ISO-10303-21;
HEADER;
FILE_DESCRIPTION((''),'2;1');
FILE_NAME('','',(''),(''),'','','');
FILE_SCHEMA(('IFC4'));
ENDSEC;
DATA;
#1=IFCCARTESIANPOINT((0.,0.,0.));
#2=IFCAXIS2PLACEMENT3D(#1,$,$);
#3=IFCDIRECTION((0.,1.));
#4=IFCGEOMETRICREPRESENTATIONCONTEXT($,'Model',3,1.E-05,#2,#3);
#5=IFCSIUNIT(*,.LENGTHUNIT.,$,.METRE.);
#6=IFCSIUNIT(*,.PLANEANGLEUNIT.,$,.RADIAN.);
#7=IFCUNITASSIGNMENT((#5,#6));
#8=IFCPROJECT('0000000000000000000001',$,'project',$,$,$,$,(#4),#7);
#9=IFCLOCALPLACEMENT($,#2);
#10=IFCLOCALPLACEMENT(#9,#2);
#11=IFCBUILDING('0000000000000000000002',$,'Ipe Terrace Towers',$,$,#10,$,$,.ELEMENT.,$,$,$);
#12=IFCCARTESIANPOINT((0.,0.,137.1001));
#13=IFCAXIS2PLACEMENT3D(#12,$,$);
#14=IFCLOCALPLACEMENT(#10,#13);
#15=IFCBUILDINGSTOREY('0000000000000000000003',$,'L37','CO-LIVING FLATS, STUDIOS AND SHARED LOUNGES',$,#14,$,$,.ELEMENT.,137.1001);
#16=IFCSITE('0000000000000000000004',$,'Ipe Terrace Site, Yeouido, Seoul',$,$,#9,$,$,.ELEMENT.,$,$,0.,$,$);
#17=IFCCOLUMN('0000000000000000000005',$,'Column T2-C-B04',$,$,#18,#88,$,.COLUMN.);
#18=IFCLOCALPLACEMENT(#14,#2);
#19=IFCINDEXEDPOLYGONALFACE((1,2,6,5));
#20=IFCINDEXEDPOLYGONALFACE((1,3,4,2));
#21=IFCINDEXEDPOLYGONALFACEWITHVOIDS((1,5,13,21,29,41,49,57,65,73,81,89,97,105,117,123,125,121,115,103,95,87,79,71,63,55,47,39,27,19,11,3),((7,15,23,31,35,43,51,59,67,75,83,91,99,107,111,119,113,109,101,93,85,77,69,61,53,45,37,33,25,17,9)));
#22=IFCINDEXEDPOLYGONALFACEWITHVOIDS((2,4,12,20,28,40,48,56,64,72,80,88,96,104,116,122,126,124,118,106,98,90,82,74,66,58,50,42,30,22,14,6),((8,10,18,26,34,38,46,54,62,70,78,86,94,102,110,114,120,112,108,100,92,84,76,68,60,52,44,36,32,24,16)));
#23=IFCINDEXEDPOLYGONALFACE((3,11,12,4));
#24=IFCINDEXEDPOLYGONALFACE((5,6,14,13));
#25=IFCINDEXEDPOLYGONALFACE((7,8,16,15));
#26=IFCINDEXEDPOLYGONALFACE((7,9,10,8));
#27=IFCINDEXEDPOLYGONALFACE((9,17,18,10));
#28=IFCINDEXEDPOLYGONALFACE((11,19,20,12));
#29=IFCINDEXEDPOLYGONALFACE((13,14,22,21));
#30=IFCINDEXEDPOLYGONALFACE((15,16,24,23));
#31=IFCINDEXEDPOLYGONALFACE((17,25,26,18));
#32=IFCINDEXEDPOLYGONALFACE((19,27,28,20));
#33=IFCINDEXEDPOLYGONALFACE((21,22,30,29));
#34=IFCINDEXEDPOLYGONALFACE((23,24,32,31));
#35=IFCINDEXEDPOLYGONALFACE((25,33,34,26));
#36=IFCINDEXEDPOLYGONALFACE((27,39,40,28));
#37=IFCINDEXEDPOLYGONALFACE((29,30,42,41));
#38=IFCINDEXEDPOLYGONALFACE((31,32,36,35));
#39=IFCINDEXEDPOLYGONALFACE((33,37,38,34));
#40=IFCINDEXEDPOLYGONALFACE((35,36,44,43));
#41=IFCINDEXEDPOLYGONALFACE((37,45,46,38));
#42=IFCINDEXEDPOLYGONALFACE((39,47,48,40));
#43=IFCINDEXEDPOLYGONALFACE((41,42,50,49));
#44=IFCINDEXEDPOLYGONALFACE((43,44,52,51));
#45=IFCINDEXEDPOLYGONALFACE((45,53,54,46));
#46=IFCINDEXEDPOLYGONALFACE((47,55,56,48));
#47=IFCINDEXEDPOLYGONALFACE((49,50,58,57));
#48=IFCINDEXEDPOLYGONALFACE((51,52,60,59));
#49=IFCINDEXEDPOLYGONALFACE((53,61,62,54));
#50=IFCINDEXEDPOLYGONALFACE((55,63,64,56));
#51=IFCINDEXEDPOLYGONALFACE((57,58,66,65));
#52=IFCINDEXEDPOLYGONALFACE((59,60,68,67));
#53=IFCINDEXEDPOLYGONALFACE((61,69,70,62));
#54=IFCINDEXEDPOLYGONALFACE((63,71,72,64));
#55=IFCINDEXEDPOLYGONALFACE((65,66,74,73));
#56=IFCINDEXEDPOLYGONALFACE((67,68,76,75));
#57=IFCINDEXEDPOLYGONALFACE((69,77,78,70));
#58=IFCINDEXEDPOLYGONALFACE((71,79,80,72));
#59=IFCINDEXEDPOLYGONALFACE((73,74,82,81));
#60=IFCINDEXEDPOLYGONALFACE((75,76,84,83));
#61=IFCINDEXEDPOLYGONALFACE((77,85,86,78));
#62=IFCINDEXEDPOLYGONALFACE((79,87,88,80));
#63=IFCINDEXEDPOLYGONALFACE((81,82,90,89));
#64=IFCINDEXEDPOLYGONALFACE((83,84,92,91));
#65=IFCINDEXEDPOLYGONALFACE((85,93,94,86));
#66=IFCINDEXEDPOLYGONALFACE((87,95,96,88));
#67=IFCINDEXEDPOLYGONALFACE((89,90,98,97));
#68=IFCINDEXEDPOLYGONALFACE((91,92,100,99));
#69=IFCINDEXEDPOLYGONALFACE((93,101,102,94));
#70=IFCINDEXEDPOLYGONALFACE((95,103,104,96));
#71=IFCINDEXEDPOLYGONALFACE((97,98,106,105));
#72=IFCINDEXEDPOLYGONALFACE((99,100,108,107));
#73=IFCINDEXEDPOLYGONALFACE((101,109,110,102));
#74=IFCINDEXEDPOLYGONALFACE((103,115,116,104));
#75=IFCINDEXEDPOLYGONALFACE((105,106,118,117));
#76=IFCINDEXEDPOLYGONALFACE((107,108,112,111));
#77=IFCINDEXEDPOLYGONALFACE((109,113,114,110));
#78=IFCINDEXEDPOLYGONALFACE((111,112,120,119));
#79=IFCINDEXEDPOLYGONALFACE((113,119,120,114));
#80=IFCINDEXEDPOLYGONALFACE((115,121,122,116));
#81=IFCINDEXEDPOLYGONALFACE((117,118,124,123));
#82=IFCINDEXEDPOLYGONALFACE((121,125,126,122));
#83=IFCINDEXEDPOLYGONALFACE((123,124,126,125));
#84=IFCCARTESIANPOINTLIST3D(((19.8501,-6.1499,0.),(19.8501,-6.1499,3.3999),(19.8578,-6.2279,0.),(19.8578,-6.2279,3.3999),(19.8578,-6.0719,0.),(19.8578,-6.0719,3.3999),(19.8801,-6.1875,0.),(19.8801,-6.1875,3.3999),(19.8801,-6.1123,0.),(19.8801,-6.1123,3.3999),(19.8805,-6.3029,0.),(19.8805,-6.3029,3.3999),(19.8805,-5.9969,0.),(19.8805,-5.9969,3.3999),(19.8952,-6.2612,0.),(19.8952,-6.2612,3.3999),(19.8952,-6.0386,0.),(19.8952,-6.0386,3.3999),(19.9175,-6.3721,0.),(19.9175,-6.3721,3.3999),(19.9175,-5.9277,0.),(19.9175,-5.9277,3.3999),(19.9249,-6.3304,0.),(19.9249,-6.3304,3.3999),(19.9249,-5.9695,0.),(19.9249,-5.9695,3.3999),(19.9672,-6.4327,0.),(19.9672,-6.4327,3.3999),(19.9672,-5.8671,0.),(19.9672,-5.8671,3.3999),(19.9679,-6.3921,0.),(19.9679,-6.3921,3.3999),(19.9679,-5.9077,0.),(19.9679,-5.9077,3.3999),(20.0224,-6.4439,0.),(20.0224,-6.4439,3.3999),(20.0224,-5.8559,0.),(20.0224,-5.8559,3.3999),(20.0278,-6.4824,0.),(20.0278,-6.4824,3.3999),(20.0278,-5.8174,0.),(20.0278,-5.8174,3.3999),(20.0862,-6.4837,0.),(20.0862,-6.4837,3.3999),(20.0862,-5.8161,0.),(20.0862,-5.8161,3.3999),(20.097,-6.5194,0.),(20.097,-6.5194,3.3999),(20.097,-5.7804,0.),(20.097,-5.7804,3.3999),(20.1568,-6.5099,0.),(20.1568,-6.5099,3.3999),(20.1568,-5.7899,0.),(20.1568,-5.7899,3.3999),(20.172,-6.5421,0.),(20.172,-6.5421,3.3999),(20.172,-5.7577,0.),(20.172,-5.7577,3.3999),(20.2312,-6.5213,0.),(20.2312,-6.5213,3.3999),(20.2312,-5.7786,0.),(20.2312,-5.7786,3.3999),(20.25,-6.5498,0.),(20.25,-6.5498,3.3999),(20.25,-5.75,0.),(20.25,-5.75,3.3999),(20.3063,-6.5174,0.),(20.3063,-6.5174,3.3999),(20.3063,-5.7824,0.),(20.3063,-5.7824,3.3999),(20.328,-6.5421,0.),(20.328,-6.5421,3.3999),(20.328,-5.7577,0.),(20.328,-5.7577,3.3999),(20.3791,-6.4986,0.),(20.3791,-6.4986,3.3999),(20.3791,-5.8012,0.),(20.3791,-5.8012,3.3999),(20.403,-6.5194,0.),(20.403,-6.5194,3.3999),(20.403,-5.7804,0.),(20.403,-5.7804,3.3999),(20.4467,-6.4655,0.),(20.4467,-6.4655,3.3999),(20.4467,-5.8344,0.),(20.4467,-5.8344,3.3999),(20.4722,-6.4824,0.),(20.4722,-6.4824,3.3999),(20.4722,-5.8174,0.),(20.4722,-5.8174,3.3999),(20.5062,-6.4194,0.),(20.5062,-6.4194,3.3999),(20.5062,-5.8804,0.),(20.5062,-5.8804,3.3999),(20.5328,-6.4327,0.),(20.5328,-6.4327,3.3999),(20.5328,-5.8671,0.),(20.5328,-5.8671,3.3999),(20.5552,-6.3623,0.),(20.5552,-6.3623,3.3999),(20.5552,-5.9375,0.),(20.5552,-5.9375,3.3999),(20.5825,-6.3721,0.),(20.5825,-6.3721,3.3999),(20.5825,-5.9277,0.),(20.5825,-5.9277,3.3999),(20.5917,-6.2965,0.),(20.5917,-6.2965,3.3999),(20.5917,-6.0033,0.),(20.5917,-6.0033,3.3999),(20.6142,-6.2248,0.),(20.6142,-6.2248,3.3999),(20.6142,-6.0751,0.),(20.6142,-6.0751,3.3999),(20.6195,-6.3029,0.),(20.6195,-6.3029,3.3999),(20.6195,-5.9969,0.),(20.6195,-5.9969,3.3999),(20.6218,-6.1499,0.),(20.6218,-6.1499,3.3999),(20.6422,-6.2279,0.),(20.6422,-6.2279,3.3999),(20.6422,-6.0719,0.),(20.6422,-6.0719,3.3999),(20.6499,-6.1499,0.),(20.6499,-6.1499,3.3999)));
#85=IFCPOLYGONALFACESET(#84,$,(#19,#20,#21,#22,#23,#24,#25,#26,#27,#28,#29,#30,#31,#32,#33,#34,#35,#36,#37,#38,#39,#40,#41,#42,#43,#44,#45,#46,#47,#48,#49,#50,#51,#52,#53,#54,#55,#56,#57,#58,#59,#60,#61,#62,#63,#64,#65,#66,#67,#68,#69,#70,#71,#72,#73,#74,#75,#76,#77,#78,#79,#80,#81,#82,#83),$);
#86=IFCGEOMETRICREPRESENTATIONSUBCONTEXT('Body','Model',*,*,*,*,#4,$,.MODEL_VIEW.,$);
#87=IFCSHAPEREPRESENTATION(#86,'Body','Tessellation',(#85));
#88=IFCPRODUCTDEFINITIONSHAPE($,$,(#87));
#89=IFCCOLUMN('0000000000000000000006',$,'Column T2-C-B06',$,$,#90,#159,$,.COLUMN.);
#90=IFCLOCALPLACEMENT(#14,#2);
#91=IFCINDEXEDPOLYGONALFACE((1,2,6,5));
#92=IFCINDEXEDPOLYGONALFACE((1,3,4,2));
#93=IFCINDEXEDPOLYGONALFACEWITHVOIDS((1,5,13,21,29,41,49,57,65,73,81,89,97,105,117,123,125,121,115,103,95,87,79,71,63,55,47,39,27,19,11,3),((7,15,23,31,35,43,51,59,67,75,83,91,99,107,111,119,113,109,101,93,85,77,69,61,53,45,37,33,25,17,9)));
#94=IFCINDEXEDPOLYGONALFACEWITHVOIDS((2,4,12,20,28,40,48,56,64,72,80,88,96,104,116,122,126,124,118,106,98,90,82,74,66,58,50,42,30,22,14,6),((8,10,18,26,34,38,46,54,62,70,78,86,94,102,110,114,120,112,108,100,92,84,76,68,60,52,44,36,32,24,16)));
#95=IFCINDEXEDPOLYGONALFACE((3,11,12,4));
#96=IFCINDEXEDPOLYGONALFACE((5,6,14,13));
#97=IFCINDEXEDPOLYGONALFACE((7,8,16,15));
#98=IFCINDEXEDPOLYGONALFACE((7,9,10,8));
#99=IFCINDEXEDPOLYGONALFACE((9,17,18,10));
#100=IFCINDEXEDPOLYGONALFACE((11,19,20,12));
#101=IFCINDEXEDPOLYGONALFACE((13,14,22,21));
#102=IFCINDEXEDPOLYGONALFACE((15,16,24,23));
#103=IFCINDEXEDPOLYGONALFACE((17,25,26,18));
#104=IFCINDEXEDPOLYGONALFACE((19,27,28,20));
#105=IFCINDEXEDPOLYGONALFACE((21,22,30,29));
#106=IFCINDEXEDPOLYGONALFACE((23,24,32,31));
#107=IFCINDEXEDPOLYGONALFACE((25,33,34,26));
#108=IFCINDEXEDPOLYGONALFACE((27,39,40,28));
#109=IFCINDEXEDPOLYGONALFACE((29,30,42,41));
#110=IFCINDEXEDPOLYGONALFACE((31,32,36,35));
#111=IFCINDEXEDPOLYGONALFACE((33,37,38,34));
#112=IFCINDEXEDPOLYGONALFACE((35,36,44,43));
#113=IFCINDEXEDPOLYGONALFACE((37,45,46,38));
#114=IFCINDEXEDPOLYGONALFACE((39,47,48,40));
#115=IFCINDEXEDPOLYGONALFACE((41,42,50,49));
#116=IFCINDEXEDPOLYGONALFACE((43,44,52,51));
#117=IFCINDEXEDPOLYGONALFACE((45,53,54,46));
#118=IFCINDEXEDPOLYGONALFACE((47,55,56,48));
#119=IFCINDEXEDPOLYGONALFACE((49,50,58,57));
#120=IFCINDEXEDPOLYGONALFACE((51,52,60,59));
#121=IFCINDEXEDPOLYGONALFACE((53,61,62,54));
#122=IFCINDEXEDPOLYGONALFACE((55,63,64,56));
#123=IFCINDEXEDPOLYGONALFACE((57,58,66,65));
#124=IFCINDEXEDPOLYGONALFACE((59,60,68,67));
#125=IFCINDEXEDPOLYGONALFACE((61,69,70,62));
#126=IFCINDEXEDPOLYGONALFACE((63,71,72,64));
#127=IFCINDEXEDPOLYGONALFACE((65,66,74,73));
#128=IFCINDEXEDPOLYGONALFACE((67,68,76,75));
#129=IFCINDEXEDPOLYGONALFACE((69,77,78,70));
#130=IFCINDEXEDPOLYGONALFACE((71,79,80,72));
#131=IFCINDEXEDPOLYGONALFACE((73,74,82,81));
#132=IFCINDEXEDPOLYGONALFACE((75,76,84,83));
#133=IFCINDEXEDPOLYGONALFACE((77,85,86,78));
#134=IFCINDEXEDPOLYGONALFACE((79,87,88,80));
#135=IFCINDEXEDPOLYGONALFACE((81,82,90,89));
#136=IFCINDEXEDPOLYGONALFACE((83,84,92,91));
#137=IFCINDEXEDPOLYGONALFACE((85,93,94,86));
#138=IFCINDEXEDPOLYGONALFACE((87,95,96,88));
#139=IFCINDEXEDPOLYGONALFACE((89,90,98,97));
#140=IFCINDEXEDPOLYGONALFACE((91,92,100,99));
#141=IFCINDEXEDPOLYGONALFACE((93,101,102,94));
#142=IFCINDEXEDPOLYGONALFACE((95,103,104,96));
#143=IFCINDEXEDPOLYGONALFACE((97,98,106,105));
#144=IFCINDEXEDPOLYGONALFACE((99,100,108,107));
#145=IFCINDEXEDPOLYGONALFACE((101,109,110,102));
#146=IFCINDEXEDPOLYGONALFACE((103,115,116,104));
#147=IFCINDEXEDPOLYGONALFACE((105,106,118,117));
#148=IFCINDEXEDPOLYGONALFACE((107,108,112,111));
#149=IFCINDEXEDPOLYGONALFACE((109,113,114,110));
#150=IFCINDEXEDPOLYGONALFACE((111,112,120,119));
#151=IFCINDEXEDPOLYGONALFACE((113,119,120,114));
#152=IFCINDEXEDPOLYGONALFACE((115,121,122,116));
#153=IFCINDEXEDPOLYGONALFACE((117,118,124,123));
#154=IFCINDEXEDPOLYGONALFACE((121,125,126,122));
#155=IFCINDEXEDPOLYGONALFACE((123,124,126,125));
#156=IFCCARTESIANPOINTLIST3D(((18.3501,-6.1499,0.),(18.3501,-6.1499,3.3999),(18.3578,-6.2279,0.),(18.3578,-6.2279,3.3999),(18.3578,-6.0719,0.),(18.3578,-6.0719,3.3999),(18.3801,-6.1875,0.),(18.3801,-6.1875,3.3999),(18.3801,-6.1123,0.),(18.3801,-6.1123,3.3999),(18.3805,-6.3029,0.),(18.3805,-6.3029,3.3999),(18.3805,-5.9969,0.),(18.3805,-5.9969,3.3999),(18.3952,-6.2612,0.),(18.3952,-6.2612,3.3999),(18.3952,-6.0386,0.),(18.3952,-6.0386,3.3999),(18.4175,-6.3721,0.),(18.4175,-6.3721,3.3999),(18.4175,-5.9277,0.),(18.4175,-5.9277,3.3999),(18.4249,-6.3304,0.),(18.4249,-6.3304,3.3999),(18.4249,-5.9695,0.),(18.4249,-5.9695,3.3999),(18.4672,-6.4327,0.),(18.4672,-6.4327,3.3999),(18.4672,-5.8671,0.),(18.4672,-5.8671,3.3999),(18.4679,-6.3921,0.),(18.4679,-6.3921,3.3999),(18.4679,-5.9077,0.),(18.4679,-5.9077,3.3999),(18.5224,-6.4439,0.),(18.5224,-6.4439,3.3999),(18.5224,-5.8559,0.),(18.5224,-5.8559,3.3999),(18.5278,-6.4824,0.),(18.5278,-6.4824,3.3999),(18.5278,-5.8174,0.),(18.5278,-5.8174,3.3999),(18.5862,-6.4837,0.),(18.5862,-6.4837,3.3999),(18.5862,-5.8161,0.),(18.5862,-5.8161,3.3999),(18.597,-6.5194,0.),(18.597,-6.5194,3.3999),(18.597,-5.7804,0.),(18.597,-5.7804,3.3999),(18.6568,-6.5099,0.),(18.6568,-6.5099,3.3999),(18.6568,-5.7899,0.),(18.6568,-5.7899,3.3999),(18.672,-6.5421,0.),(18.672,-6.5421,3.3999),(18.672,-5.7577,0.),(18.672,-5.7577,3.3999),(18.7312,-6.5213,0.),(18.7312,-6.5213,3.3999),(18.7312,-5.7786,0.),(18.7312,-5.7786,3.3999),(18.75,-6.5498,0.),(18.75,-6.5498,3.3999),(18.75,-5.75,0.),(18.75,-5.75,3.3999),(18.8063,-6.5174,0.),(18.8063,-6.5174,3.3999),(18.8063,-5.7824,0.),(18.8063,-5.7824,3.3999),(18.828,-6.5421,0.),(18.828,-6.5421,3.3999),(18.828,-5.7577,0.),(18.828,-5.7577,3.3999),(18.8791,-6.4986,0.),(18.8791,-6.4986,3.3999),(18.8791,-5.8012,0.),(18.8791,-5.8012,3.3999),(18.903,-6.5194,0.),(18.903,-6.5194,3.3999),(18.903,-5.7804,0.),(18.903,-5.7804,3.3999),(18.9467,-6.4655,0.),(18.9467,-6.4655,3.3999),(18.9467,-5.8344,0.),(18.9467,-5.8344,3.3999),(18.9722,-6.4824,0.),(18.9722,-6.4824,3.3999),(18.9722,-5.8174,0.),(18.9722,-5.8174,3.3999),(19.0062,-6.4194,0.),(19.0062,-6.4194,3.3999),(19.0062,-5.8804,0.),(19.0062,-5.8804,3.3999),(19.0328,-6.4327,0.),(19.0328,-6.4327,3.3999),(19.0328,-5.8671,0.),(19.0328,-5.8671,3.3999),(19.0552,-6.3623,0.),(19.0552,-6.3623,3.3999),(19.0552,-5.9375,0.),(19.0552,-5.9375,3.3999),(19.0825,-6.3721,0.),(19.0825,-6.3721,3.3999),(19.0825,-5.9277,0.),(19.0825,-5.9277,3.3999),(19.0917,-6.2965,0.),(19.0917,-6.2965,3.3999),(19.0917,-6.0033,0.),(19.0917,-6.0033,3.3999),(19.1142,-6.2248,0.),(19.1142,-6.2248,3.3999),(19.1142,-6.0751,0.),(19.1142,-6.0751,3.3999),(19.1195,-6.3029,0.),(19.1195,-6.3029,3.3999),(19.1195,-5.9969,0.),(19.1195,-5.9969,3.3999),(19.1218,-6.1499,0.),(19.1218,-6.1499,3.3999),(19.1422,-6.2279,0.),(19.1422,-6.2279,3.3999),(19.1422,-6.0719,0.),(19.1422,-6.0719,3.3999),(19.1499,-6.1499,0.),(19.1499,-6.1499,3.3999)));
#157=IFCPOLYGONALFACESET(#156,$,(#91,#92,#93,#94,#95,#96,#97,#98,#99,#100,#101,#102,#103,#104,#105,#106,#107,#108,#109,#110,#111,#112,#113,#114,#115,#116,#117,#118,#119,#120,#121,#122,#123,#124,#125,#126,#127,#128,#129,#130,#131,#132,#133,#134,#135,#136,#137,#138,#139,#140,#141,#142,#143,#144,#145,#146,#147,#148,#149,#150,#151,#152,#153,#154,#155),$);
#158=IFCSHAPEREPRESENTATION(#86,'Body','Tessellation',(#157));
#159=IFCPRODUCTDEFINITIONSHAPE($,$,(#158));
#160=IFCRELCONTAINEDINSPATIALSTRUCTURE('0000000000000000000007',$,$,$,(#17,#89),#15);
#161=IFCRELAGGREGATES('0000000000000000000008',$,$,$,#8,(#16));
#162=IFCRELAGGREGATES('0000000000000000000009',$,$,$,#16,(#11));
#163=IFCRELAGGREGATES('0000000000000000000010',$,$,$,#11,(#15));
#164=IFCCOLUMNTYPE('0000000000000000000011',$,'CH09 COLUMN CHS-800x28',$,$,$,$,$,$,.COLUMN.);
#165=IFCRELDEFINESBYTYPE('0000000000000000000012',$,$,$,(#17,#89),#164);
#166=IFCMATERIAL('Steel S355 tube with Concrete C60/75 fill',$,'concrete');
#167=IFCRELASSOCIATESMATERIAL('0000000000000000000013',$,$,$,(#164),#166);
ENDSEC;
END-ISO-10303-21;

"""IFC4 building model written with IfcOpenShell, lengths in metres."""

from ifc_helpers import new_model, si_unit, direction, frame, origin, origin_2d, place, context, subcontext, project, spatial, hollow_circle, extrude, material, material_profile, profile_set, type_object, element, save


model = new_model("IFC4")

# Units and contexts
model_context = context("Model", 3, precision=1e-05, world=origin(), true_north=direction((0.0, 1.0)))
body_context = subcontext(model_context, "Body", "Model", "MODEL_VIEW")
ifc_project = project(units=[si_unit("LENGTHUNIT", "METRE"), si_unit("PLANEANGLEUNIT", "RADIAN")], contexts=[model_context])

# Site, building, storey
site_placement = place(None, origin())
site = spatial("IfcSite", under=ifc_project, at=site_placement, Name="Ipe Terrace Site, Yeouido, Seoul", CompositionType="ELEMENT", RefElevation=0.0)
building_placement = place(site_placement, origin())
building = spatial("IfcBuilding", under=site, at=building_placement, Name="Ipe Terrace Towers", CompositionType="ELEMENT")
storey_placement = place(building_placement, frame((0.0, 0.0, 137.1001)))
storey = spatial("IfcBuildingStorey", under=building, at=storey_placement, Name="L37", Description="CO-LIVING FLATS, STUDIOS AND SHARED LOUNGES", CompositionType="ELEMENT", Elevation=137.1001)

# Columns
ifc_material_1 = material(Name="Steel S355 tube with Concrete C60/75 fill", Category="concrete")
ifc_material_profile_1 = material_profile(ifc_material_1, hollow_circle(Radius=0.3999, WallThickness=0.0281, at=origin_2d()), Name="CHS-800x28")
ifc_profile_set_1 = profile_set([ifc_material_profile_1], Name="Steel S355 tube with Concrete C60/75 fill")
column_type = type_object("IfcColumnType", Name="CH09 COLUMN CHS-800x28", PredefinedType="COLUMN", material=ifc_profile_set_1)
for number, where, z_axis, x_axis, name in (
    (1, (20.25, -6.1499, 0.0), (0.0, 0.0, 1.0), (1.0, 0.0, 0.0), "Column T2-C-B04"),
    (2, (18.75, -6.1499, 0.0), (0.0, 0.0, 1.0), (1.0, 0.0, 0.0), "Column T2-C-B06"),
):
    element("IfcColumn", number, at=place(storey_placement, frame(where, z_axis=z_axis, x_axis=x_axis)), inside=storey, type_object=column_type, Name=name, PredefinedType="COLUMN", context=body_context, shape_type="SweptSolid", body=[
        extrude(hollow_circle(Radius=0.3999, WallThickness=0.0281, at=origin_2d()), origin(), (0.0, 0.0, 1.0), 3.3999),
    ])

save(model, "model.ifc")
